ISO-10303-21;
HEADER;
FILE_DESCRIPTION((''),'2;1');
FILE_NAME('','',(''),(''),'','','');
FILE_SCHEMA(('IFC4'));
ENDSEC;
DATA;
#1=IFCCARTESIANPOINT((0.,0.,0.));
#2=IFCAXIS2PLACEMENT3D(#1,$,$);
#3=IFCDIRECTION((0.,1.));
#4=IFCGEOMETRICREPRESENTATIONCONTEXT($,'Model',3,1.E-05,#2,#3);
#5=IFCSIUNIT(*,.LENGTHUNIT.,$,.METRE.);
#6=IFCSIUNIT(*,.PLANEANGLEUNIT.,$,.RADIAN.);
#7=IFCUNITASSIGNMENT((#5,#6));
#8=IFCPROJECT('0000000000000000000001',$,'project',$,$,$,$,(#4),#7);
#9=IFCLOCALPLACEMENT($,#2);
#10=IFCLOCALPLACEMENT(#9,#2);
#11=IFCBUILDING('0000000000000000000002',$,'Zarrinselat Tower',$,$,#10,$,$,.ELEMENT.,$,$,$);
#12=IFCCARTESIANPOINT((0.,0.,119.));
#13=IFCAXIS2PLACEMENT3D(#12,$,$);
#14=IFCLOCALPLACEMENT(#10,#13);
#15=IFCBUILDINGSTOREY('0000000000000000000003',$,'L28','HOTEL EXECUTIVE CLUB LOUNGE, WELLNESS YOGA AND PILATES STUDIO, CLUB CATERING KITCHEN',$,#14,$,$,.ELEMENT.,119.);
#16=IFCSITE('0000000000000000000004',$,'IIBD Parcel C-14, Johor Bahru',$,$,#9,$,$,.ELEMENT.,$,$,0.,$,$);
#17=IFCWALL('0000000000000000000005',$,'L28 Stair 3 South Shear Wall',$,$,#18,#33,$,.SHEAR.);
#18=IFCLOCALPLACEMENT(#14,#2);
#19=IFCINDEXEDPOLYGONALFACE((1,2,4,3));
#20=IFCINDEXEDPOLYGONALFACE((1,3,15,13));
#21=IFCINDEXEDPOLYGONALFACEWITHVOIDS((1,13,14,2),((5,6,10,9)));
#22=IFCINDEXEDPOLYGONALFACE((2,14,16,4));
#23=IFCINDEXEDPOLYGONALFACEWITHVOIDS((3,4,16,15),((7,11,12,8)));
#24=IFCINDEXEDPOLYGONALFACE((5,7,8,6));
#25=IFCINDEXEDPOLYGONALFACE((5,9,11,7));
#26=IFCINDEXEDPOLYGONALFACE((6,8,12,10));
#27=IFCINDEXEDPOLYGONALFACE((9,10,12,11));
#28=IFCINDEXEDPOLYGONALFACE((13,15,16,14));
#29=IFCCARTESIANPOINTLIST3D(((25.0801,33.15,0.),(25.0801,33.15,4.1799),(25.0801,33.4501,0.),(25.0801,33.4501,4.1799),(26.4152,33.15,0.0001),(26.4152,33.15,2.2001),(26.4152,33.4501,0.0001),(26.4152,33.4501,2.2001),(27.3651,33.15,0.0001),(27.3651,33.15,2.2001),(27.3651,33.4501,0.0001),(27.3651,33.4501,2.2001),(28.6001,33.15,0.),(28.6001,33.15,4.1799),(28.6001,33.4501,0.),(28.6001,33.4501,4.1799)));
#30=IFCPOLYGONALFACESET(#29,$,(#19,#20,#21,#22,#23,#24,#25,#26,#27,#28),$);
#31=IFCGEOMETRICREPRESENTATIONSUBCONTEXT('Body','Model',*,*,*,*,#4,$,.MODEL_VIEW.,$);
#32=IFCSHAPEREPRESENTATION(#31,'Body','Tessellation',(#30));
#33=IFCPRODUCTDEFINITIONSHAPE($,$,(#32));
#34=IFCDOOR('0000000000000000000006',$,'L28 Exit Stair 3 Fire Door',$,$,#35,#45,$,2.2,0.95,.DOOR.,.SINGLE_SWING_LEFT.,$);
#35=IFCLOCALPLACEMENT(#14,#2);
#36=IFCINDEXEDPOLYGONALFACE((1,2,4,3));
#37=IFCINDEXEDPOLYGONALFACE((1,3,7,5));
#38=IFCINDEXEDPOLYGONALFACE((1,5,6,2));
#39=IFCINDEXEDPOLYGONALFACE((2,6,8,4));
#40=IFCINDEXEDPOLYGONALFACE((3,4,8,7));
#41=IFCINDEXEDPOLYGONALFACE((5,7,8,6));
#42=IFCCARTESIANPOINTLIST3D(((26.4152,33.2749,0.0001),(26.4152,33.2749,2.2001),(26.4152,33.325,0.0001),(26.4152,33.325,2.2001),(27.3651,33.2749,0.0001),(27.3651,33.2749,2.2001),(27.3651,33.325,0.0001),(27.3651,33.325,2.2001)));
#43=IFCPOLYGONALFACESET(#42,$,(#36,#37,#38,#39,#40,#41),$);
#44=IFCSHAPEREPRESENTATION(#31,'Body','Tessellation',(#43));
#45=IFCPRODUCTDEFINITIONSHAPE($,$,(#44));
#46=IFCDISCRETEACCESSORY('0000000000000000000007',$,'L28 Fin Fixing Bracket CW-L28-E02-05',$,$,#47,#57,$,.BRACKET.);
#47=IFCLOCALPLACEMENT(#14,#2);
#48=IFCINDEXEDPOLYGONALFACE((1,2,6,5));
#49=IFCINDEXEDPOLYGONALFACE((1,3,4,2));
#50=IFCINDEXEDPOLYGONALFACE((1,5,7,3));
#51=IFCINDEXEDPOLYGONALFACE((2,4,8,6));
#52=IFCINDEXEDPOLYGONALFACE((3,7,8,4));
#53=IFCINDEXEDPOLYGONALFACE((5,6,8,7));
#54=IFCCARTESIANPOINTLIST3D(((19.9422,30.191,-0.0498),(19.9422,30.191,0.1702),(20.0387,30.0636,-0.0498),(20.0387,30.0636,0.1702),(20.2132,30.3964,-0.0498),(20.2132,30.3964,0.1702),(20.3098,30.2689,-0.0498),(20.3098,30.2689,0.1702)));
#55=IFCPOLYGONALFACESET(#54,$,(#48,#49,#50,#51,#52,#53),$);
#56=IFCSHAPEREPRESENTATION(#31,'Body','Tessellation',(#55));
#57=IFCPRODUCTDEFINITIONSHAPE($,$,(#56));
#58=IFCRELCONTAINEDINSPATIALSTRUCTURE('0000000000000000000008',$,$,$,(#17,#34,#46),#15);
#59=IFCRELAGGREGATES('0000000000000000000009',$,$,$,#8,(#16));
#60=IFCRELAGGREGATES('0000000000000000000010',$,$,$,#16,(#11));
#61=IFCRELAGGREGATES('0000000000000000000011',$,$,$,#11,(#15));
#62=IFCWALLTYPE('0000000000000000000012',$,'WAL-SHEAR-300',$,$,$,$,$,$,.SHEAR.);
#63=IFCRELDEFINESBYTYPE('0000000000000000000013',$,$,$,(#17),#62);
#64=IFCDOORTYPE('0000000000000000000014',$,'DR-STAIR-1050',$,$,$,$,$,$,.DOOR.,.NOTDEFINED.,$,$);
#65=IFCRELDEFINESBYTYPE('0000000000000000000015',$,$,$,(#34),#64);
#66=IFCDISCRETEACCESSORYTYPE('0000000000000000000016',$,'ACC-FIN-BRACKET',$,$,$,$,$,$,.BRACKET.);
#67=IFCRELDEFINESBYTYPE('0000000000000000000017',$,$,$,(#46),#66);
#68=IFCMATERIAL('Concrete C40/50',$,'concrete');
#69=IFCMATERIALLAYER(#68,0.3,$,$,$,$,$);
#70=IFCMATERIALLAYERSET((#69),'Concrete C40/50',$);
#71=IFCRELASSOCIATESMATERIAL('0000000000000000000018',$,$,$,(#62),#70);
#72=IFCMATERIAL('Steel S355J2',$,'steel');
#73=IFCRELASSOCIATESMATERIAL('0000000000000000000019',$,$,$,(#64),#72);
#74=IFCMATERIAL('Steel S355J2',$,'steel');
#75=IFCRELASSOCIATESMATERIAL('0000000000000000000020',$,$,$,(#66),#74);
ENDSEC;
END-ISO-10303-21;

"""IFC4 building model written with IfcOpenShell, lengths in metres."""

from ifc_helpers import new_model, si_unit, direction, frame, frame_2d, origin, origin_2d, place, context, subcontext, project, spatial, rectangle, extrude, material, layer, layer_set, type_object, element, fill, save


model = new_model("IFC4")

# Units and contexts
model_context = context("Model", 3, precision=1e-05, world=origin(), true_north=direction((0.0, 1.0)))
body_context = subcontext(model_context, "Body", "Model", "MODEL_VIEW")
ifc_project = project(units=[si_unit("LENGTHUNIT", "METRE"), si_unit("PLANEANGLEUNIT", "RADIAN")], contexts=[model_context])

# Site, building, storey
site_placement = place(None, origin())
site = spatial("IfcSite", under=ifc_project, at=site_placement, Name="IIBD Parcel C-14, Johor Bahru", CompositionType="ELEMENT", RefElevation=0.0)
building_placement = place(site_placement, origin())
building = spatial("IfcBuilding", under=site, at=building_placement, Name="Zarrinselat Tower", CompositionType="ELEMENT")
storey_placement = place(building_placement, frame((0.0, 0.0, 119.0)))
storey = spatial("IfcBuildingStorey", under=building, at=storey_placement, Name="L28", Description="HOTEL EXECUTIVE CLUB LOUNGE, WELLNESS YOGA AND PILATES STUDIO, CLUB CATERING KITCHEN", CompositionType="ELEMENT", Elevation=119.0)

# Wall, opening, door
ifc_material_1 = material(Name="Concrete C40/50", Category="concrete")
ifc_layer_1 = layer(ifc_material_1, 0.3)
ifc_layer_set_1 = layer_set([ifc_layer_1], Name="Concrete C40/50")
wall_type_1 = type_object("IfcWallType", Name="WAL-SHEAR-300", PredefinedType="SHEAR", material=ifc_layer_set_1)
wall_1_placement = place(storey_placement, frame((25.0801, 33.3, 0.0), z_axis=(0.0, 0.0, 1.0), x_axis=(1.0, 0.0, 0.0)))
wall_1 = element("IfcWall", 1, at=wall_1_placement, inside=storey, type_object=wall_type_1, Name="L28 Stair 3 South Shear Wall", PredefinedType="SHEAR", context=body_context, shape_type="SweptSolid", body=[
    extrude(rectangle(XDim=3.52, YDim=0.3, at=frame_2d((1.76, 0.0))), origin(), (0.0, 0.0, 1.0), 4.1799),
])
opening_1_placement = place(wall_1_placement, frame((1.335, 0.0, 0.0)))
opening_1 = element("IfcOpeningElement", 2, at=opening_1_placement, cuts=wall_1, PredefinedType="OPENING", context=body_context, shape_type="SweptSolid", body=[
    extrude(rectangle(XDim=0.95, YDim=2.2, at=frame_2d((0.4751, 1.1001))), frame((0.0, 0.1599, 0.0), z_axis=(0.0, -1.0, 0.0), x_axis=(1.0, 0.0, 0.0)), (0.0, 0.0, 1.0), 0.3201),
])
ifc_material_2 = material(Name="Steel S355J2", Category="steel")
door_type_1 = type_object("IfcDoorType", Name="DR-STAIR-1050", OperationType="NOTDEFINED", PredefinedType="DOOR", material=ifc_material_2)
door_1_placement = place(opening_1_placement, origin())
door_1 = element("IfcDoor", 3, at=door_1_placement, inside=storey, type_object=door_type_1, Name="L28 Exit Stair 3 Fire Door", OperationType="SINGLE_SWING_LEFT", OverallHeight=2.2, OverallWidth=0.95, PredefinedType="DOOR", context=body_context, shape_type="SweptSolid", body=[
    extrude(rectangle(XDim=0.95, YDim=2.2, at=frame_2d((0.4751, 1.1001))), frame((0.0, 0.0249, 0.0), z_axis=(0.0, -1.0, 0.0), x_axis=(1.0, 0.0, 0.0)), (0.0, 0.0, 1.0), 0.05),
])
fill(opening_1, door_1)

# Discrete accessory
ifc_material_3 = material(Name="Steel S355J2", Category="steel")
discrete_accessory_type = type_object("IfcDiscreteAccessoryType", Name="ACC-FIN-BRACKET", PredefinedType="BRACKET", material=ifc_material_3)
discrete_accessory_placement = place(storey_placement, frame((20.126, 30.23, -0.0498), z_axis=(0.0, 0.0, 1.0), x_axis=(-0.797092, -0.603858, 0.0)))
element("IfcDiscreteAccessory", 4, at=discrete_accessory_placement, inside=storey, type_object=discrete_accessory_type, Name="L28 Fin Fixing Bracket CW-L28-E02-05", PredefinedType="BRACKET", context=body_context, shape_type="SweptSolid", body=[
    extrude(rectangle(XDim=0.3401, YDim=0.1599, at=origin_2d()), origin(), (0.0, 0.0, 1.0), 0.22),
])

save(model, "model.ifc")
